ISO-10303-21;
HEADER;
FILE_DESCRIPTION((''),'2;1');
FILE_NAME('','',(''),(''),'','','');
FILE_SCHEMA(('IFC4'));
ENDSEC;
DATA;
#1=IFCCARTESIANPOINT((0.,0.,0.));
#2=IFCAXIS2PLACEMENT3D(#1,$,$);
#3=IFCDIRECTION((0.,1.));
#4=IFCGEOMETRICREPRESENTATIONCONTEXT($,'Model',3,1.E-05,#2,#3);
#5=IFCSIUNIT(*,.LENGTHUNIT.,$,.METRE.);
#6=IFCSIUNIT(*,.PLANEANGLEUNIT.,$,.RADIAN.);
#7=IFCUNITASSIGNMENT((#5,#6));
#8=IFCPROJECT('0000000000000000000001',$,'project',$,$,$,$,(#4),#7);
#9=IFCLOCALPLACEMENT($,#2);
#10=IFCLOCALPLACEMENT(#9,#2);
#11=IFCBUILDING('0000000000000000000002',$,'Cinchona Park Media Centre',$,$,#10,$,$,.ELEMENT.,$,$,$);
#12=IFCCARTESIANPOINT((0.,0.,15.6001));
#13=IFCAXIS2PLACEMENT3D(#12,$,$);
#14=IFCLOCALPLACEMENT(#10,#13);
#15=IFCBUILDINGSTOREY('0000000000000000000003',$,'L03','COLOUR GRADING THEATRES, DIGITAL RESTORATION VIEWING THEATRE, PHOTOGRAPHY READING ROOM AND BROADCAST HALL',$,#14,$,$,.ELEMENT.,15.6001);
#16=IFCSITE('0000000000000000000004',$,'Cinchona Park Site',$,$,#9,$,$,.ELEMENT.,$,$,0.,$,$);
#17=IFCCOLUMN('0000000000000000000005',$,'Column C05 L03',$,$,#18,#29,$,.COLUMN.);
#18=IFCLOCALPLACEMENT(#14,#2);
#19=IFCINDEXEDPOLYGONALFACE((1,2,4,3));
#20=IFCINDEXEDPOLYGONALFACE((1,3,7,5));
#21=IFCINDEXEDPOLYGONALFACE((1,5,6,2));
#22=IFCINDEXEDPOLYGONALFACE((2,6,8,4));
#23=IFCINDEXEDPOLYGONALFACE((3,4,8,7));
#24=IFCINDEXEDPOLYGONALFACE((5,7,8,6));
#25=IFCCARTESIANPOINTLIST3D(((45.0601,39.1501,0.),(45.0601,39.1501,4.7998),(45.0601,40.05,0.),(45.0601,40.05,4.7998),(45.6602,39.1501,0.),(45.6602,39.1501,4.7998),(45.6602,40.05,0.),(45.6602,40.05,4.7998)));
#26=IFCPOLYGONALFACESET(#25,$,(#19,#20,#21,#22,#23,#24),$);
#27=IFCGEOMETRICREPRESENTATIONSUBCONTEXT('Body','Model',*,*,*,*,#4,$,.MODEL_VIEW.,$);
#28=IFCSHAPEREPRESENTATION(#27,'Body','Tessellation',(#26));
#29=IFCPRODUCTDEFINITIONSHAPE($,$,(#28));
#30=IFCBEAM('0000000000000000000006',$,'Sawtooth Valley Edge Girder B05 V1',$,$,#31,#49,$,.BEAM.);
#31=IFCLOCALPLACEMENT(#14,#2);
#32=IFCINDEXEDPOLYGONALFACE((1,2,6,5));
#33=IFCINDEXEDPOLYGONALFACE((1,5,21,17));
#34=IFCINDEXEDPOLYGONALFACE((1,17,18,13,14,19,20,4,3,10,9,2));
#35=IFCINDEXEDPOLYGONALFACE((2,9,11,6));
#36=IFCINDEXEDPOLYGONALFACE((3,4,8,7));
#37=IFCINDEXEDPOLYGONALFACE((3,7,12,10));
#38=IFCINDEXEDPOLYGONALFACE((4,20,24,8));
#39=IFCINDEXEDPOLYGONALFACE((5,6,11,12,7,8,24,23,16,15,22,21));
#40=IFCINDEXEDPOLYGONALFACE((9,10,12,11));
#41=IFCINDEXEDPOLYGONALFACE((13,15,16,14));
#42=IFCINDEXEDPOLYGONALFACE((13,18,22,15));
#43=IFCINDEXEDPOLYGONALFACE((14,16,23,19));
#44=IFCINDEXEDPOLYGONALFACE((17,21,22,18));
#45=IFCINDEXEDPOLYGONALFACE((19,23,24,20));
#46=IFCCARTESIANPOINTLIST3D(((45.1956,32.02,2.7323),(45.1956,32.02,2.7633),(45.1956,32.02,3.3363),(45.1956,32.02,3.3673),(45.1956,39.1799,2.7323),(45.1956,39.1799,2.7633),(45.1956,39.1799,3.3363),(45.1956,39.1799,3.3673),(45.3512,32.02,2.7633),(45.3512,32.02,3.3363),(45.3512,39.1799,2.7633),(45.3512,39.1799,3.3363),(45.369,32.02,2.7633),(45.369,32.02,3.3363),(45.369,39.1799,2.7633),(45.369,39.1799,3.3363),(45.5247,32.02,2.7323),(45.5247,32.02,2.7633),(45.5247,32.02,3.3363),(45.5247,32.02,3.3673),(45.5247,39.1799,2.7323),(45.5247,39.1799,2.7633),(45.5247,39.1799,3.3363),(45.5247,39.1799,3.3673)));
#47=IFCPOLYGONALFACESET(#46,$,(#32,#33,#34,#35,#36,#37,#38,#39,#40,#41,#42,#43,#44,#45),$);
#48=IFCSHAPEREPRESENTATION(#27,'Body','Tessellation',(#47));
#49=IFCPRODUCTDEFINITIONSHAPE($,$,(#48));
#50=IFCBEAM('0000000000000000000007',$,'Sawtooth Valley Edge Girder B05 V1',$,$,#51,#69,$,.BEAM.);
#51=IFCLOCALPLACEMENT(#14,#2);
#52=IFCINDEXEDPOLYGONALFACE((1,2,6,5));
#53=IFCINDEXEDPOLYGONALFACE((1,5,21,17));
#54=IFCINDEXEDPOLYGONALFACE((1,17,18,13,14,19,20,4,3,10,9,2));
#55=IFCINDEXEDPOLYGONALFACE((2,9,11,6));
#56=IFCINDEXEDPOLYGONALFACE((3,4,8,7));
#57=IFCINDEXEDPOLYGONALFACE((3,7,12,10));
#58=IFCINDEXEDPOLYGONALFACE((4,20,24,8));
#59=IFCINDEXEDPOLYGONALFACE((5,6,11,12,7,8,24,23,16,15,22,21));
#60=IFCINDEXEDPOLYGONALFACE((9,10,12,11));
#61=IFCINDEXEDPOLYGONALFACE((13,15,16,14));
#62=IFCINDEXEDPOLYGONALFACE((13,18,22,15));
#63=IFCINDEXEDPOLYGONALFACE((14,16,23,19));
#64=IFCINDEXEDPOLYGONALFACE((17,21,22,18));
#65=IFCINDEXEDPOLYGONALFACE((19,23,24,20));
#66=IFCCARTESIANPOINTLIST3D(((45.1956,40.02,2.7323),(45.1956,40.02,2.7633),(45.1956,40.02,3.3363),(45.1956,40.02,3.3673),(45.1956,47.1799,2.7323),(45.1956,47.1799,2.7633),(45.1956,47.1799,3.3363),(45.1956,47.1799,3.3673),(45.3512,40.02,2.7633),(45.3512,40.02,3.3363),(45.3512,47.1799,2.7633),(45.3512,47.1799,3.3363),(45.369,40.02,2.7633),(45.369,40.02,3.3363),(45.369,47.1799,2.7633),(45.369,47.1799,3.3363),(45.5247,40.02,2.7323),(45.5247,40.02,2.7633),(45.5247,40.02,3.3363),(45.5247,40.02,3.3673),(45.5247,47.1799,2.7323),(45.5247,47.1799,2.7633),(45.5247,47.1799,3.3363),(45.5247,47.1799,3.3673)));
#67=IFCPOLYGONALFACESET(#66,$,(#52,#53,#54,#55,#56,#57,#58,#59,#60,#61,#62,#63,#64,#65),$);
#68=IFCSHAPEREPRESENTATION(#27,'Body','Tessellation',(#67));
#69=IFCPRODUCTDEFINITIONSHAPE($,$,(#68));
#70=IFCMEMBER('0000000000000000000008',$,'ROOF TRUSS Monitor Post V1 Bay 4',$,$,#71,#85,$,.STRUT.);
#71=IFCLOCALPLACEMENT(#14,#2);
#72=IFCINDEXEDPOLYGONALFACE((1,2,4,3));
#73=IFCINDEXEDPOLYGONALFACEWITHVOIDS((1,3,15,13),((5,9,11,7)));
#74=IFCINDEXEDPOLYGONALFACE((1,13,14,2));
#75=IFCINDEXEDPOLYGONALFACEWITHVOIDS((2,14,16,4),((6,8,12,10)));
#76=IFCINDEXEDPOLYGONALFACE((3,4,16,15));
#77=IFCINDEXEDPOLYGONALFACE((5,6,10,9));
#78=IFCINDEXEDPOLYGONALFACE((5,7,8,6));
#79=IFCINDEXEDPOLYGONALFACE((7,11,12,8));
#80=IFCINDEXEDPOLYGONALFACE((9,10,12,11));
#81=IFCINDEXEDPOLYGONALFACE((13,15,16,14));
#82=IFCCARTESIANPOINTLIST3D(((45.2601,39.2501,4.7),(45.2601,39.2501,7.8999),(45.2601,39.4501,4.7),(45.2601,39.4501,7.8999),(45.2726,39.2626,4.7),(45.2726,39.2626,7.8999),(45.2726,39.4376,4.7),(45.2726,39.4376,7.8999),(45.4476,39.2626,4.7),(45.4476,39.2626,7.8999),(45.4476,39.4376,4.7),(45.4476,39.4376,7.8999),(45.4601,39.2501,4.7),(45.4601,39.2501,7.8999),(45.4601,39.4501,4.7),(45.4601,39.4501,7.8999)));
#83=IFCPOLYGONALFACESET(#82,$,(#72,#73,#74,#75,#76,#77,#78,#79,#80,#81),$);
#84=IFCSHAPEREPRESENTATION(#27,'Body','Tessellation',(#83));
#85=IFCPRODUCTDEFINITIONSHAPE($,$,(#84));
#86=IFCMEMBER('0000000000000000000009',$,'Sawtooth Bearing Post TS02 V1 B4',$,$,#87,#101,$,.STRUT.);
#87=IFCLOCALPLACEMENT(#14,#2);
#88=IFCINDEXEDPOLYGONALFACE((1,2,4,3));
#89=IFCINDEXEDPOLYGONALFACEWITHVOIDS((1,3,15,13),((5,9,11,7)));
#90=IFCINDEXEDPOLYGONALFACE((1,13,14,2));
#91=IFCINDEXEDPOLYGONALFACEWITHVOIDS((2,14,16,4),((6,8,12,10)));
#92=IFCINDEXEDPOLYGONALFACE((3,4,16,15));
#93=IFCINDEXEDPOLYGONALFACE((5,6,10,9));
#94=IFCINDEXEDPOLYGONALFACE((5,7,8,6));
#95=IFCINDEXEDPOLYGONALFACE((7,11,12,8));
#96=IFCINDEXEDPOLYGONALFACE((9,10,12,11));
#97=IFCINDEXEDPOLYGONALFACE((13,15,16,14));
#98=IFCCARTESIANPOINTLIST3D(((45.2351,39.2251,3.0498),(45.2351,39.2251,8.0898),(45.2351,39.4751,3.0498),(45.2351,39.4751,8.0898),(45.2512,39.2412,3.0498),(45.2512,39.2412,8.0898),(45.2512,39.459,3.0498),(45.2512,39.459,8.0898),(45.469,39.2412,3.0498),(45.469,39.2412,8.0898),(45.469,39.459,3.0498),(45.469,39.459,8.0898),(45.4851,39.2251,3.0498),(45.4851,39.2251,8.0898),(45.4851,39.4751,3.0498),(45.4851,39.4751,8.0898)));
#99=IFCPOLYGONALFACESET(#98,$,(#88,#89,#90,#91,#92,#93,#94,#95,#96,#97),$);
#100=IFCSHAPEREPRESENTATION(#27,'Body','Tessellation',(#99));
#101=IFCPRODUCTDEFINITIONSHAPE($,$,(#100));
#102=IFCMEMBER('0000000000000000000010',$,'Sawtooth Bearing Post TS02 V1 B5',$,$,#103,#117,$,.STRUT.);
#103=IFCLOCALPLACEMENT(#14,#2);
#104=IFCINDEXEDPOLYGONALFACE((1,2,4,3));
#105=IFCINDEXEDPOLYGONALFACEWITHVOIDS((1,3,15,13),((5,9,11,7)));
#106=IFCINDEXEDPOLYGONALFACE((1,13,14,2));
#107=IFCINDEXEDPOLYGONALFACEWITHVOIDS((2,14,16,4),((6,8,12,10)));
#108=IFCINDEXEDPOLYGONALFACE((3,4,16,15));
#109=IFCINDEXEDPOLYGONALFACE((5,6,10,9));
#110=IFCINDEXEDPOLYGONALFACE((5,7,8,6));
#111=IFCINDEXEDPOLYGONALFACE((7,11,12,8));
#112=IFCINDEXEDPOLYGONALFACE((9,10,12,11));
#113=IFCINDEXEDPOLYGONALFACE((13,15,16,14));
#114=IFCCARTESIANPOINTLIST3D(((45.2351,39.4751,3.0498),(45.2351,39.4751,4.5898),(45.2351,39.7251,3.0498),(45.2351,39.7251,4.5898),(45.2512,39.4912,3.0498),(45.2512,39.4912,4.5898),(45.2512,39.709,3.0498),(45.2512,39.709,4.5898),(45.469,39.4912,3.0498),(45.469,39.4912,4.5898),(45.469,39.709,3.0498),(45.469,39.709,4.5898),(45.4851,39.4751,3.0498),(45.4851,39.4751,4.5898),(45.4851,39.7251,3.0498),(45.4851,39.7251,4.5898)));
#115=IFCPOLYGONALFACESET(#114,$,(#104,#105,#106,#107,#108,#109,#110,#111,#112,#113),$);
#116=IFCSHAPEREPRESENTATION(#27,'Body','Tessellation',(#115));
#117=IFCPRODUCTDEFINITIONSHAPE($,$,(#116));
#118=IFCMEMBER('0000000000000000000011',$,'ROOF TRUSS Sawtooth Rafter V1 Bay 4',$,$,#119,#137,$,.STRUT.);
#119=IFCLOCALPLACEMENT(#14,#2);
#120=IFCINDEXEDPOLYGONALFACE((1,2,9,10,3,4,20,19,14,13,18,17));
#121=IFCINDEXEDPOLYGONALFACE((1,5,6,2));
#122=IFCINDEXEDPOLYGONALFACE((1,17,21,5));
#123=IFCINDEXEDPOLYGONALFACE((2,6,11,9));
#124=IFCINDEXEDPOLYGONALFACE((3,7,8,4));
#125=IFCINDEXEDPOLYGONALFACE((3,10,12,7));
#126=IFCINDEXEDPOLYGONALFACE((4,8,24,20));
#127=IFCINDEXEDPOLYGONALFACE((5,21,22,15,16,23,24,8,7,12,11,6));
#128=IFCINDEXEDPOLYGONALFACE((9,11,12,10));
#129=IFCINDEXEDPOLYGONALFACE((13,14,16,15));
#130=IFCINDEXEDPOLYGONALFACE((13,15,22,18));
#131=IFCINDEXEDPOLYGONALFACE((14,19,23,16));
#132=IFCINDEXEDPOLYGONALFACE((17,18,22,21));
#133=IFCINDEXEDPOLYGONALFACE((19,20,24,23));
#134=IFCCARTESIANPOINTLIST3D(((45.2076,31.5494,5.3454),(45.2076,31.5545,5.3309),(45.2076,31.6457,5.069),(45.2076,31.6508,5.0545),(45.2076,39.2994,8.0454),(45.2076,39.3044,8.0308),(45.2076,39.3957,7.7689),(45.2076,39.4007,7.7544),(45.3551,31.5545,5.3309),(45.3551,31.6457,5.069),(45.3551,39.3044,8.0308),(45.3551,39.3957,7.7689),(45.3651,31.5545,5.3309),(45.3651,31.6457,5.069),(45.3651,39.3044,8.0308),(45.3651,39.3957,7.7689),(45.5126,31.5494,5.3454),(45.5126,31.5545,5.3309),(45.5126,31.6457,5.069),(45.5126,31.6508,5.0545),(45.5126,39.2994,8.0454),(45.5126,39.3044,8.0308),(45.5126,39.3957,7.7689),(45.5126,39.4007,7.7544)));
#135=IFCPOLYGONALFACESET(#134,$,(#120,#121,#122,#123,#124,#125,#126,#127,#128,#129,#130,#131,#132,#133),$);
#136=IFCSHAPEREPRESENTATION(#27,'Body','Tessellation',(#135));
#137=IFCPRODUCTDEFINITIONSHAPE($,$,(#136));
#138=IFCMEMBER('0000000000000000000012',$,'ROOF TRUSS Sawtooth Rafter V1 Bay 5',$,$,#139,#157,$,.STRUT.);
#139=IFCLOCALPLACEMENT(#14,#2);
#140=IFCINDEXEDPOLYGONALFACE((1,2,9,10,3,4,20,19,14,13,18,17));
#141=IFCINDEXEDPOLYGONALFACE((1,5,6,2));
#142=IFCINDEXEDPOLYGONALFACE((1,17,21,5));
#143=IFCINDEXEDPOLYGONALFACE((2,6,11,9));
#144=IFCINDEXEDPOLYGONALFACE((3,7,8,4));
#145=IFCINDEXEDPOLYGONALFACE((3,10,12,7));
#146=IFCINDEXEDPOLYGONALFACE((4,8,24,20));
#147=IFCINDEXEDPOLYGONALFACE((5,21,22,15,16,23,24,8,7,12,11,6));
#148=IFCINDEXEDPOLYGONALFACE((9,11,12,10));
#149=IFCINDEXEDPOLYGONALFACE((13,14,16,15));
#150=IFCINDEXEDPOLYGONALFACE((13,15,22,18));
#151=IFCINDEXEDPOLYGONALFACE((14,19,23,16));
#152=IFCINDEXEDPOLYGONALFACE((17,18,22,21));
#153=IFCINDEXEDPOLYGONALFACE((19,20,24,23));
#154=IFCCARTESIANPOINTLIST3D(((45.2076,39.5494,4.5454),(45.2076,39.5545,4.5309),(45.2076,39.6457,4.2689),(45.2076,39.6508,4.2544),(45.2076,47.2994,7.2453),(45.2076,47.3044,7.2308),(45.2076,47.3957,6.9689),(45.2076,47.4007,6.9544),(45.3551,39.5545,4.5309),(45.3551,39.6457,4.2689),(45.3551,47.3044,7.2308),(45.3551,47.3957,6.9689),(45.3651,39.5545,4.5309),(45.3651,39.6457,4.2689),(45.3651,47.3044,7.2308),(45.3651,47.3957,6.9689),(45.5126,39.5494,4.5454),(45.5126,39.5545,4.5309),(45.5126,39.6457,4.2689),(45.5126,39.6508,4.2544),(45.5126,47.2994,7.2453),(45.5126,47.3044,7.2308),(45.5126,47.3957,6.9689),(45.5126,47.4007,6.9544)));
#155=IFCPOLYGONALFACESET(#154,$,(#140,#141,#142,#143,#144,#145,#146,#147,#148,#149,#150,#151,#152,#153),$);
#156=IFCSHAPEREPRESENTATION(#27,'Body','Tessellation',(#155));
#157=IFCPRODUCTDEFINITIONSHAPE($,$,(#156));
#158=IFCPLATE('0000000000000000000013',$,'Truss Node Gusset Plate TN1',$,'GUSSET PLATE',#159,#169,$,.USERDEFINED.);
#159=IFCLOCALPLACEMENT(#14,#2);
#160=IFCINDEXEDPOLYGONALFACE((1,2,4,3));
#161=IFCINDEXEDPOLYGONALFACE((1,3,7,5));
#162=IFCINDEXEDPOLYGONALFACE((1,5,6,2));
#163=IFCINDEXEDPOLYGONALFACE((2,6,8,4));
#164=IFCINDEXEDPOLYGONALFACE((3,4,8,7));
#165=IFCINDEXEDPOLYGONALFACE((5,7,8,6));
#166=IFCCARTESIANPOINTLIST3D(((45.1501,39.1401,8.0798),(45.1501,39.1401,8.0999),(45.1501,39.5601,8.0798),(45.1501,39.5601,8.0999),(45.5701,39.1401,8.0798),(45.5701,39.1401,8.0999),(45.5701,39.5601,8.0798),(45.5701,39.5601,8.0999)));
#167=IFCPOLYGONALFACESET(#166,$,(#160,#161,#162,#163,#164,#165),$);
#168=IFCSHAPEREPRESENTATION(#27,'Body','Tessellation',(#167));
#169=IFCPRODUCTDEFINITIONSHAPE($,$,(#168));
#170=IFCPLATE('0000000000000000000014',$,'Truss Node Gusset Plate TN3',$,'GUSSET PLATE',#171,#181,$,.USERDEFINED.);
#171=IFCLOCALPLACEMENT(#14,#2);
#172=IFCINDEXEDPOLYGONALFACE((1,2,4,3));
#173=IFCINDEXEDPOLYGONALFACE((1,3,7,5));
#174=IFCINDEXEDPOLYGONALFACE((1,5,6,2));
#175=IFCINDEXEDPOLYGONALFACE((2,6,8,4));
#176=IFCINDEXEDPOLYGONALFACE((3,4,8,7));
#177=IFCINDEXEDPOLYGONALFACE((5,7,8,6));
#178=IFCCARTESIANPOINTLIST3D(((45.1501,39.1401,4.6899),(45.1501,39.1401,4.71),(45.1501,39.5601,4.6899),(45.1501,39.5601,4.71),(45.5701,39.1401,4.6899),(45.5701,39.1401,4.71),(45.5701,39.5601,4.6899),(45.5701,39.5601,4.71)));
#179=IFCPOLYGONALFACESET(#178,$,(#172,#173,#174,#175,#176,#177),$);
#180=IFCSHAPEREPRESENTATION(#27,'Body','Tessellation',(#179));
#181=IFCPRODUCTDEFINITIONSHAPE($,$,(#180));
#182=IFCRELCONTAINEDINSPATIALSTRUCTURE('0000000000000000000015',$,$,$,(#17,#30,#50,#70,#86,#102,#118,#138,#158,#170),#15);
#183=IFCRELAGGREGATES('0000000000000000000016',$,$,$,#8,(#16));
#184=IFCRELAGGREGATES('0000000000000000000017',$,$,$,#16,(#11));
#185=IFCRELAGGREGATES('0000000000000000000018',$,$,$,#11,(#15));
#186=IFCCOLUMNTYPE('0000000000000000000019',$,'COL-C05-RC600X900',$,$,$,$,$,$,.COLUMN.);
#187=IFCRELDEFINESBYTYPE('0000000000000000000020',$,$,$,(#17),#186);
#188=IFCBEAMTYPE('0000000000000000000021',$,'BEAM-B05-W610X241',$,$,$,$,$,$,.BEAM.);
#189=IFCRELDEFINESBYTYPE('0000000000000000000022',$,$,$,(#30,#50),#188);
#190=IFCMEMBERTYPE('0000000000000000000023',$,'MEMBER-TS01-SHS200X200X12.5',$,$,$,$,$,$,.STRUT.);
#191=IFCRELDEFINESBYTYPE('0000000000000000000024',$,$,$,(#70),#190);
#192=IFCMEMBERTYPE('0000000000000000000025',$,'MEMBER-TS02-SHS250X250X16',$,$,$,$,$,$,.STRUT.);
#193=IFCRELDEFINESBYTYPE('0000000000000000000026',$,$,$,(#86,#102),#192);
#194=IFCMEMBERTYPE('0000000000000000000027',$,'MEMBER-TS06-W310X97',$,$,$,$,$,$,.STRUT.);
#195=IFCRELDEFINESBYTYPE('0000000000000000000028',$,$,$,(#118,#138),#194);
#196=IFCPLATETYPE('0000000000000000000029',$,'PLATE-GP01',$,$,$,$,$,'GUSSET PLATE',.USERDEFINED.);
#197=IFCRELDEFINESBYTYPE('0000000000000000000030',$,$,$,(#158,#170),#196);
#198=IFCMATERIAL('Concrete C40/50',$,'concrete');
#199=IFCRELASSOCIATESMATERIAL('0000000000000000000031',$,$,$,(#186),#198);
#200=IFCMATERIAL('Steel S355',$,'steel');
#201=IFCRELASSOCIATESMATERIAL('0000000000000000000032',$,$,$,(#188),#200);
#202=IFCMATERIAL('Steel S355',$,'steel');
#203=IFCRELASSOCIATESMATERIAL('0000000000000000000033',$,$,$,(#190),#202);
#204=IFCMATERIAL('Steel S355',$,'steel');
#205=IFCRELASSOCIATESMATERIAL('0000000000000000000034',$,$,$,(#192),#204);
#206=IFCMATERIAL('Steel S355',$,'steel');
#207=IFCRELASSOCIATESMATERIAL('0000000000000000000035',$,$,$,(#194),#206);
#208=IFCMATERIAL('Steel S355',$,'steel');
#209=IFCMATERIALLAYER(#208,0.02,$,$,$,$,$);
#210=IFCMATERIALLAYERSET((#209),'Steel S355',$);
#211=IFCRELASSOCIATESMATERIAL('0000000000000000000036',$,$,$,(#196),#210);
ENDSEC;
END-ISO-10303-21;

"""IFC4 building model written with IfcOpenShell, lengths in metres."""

from ifc_helpers import new_model, si_unit, direction, frame, origin, origin_2d, place, context, subcontext, project, spatial, rectangle, hollow_rectangle, i_section, extrude, material, layer, layer_set, material_profile, profile_set, type_object, element, save


model = new_model("IFC4")

# Units and contexts
model_context = context("Model", 3, precision=1e-05, world=origin(), true_north=direction((0.0, 1.0)))
body_context = subcontext(model_context, "Body", "Model", "MODEL_VIEW")
ifc_project = project(units=[si_unit("LENGTHUNIT", "METRE"), si_unit("PLANEANGLEUNIT", "RADIAN")], contexts=[model_context])

# Site, building, storey
site_placement = place(None, origin())
site = spatial("IfcSite", under=ifc_project, at=site_placement, Name="Cinchona Park Site", CompositionType="ELEMENT", RefElevation=0.0)
building_placement = place(site_placement, origin())
building = spatial("IfcBuilding", under=site, at=building_placement, Name="Cinchona Park Media Centre", CompositionType="ELEMENT")
storey_placement = place(building_placement, frame((0.0, 0.0, 15.6001)))
storey = spatial("IfcBuildingStorey", under=building, at=storey_placement, Name="L03", Description="COLOUR GRADING THEATRES, DIGITAL RESTORATION VIEWING THEATRE, PHOTOGRAPHY READING ROOM AND BROADCAST HALL", CompositionType="ELEMENT", Elevation=15.6001)

# Column
ifc_material_1 = material(Name="Concrete C40/50", Category="concrete")
ifc_material_profile_1 = material_profile(ifc_material_1, rectangle(XDim=0.6001, YDim=0.8999, at=origin_2d()), Name="RC 600X900")
ifc_profile_set_1 = profile_set([ifc_material_profile_1], Name="Concrete C40/50")
column_type = type_object("IfcColumnType", Name="COL-C05-RC600X900", PredefinedType="COLUMN", material=ifc_profile_set_1)
column_placement = place(storey_placement, frame((45.3601, 39.6001, 0.0), z_axis=(0.0, 0.0, 1.0), x_axis=(1.0, 0.0, 0.0)))
element("IfcColumn", 1, at=column_placement, inside=storey, type_object=column_type, Name="Column C05 L03", PredefinedType="COLUMN", context=body_context, shape_type="SweptSolid", body=[
    extrude(rectangle(XDim=0.6001, YDim=0.8999, at=origin_2d()), origin(), (0.0, 0.0, 1.0), 4.7998),
])

# Beams
ifc_material_2 = material(Name="Steel S355", Category="steel")
ifc_material_profile_2 = material_profile(ifc_material_2, i_section(OverallWidth=0.3291, OverallDepth=0.635, WebThickness=0.0178, FlangeThickness=0.031, at=origin_2d()), Name="W610X241")
ifc_profile_set_2 = profile_set([ifc_material_profile_2], Name="Steel S355")
beam_type = type_object("IfcBeamType", Name="BEAM-B05-W610X241", PredefinedType="BEAM", material=ifc_profile_set_2)
for number, where, z_axis, x_axis, name in (
    (2, (45.3601, 32.02, 3.0498), (0.0, 1.0, 0.0), (-1.0, 0.0, 0.0), "Sawtooth Valley Edge Girder B05 V1"),
    (3, (45.3601, 40.02, 3.0498), (0.0, 1.0, 0.0), (-1.0, 0.0, 0.0), "Sawtooth Valley Edge Girder B05 V1"),
):
    element("IfcBeam", number, at=place(storey_placement, frame(where, z_axis=z_axis, x_axis=x_axis)), inside=storey, type_object=beam_type, Name=name, PredefinedType="BEAM", context=body_context, shape_type="SweptSolid", body=[
        extrude(i_section(OverallWidth=0.3291, OverallDepth=0.635, WebThickness=0.0178, FlangeThickness=0.031, at=origin_2d()), origin(), (0.0, 0.0, 1.0), 7.1599),
    ])

# Members
ifc_material_3 = material(Name="Steel S355", Category="steel")
ifc_material_profile_3 = material_profile(ifc_material_3, hollow_rectangle(XDim=0.2, YDim=0.2, WallThickness=0.0125, at=origin_2d()), Name="200X200X12.5SHS")
ifc_profile_set_3 = profile_set([ifc_material_profile_3], Name="Steel S355")
member_type_1 = type_object("IfcMemberType", Name="MEMBER-TS01-SHS200X200X12.5", PredefinedType="STRUT", material=ifc_profile_set_3)
member_1_placement = place(storey_placement, frame((45.3601, 39.3501, 4.7), z_axis=(0.0, 0.0, 1.0), x_axis=(1.0, 0.0, 0.0)))
element("IfcMember", 4, at=member_1_placement, inside=storey, type_object=member_type_1, Name="ROOF TRUSS Monitor Post V1 Bay 4", PredefinedType="STRUT", context=body_context, shape_type="SweptSolid", body=[
    extrude(hollow_rectangle(XDim=0.2, YDim=0.2, WallThickness=0.0125, at=origin_2d()), origin(), (0.0, 0.0, 1.0), 3.2),
])
ifc_material_4 = material(Name="Steel S355", Category="steel")
ifc_material_profile_4 = material_profile(ifc_material_4, hollow_rectangle(XDim=0.25, YDim=0.25, WallThickness=0.0161, at=origin_2d()), Name="250X250X16SHS")
ifc_profile_set_4 = profile_set([ifc_material_profile_4], Name="Steel S355")
member_type_2 = type_object("IfcMemberType", Name="MEMBER-TS02-SHS250X250X16", PredefinedType="STRUT", material=ifc_profile_set_4)
member_2_placement = place(storey_placement, frame((45.3601, 39.3501, 3.0498), z_axis=(0.0, 0.0, 1.0), x_axis=(1.0, 0.0, 0.0)))
element("IfcMember", 5, at=member_2_placement, inside=storey, type_object=member_type_2, Name="Sawtooth Bearing Post TS02 V1 B4", PredefinedType="STRUT", context=body_context, shape_type="SweptSolid", body=[
    extrude(hollow_rectangle(XDim=0.25, YDim=0.25, WallThickness=0.0161, at=origin_2d()), origin(), (0.0, 0.0, 1.0), 5.04),
])
member_3_placement = place(storey_placement, frame((45.3601, 39.6001, 3.0498), z_axis=(0.0, 0.0, 1.0), x_axis=(1.0, 0.0, 0.0)))
element("IfcMember", 6, at=member_3_placement, inside=storey, type_object=member_type_2, Name="Sawtooth Bearing Post TS02 V1 B5", PredefinedType="STRUT", context=body_context, shape_type="SweptSolid", body=[
    extrude(hollow_rectangle(XDim=0.25, YDim=0.25, WallThickness=0.0161, at=origin_2d()), origin(), (0.0, 0.0, 1.0), 1.54),
])
ifc_material_5 = material(Name="Steel S355", Category="steel")
ifc_material_profile_5 = material_profile(ifc_material_5, i_section(OverallWidth=0.3049, OverallDepth=0.3081, WebThickness=0.01, FlangeThickness=0.0154, at=origin_2d()), Name="W310X97")
ifc_profile_set_5 = profile_set([ifc_material_profile_5], Name="Steel S355")
member_type_3 = type_object("IfcMemberType", Name="MEMBER-TS06-W310X97", PredefinedType="STRUT", material=ifc_profile_set_5)
for number, where, z_axis, x_axis, name in (
    (7, (45.3601, 31.6001, 5.2), (0.0, 0.944334, 0.328988), (-1.0, 0.0, 0.0), "ROOF TRUSS Sawtooth Rafter V1 Bay 4"),
    (8, (45.3601, 39.6001, 4.3999), (0.0, 0.944334, 0.328988), (-1.0, 0.0, 0.0), "ROOF TRUSS Sawtooth Rafter V1 Bay 5"),
):
    element("IfcMember", number, at=place(storey_placement, frame(where, z_axis=z_axis, x_axis=x_axis)), inside=storey, type_object=member_type_3, Name=name, PredefinedType="STRUT", context=body_context, shape_type="SweptSolid", body=[
        extrude(i_section(OverallWidth=0.3049, OverallDepth=0.3081, WebThickness=0.01, FlangeThickness=0.0154, at=origin_2d()), origin(), (0.0, 0.0, 1.0), 8.2068),
    ])

# Plates
ifc_material_6 = material(Name="Steel S355", Category="steel")
ifc_layer_1 = layer(ifc_material_6, 0.02)
ifc_layer_set_1 = layer_set([ifc_layer_1], Name="Steel S355")
plate_type_1 = type_object("IfcPlateType", Name="PLATE-GP01", ElementType="GUSSET PLATE", PredefinedType="USERDEFINED", material=ifc_layer_set_1)
for number, where, z_axis, x_axis, name in (
    (9, (45.3601, 39.3501, 8.0798), (0.0, 0.0, 1.0), (1.0, 0.0, 0.0), "Truss Node Gusset Plate TN1"),
    (10, (45.3601, 39.3501, 4.6899), (0.0, 0.0, 1.0), (1.0, 0.0, 0.0), "Truss Node Gusset Plate TN3"),
):
    element("IfcPlate", number, at=place(storey_placement, frame(where, z_axis=z_axis, x_axis=x_axis)), inside=storey, type_object=plate_type_1, Name=name, ObjectType="GUSSET PLATE", PredefinedType="USERDEFINED", context=body_context, shape_type="SweptSolid", body=[
        extrude(rectangle(XDim=0.4199, YDim=0.4199, at=origin_2d()), origin(), (0.0, 0.0, 1.0), 0.02),
    ])

save(model, "model.ifc")
